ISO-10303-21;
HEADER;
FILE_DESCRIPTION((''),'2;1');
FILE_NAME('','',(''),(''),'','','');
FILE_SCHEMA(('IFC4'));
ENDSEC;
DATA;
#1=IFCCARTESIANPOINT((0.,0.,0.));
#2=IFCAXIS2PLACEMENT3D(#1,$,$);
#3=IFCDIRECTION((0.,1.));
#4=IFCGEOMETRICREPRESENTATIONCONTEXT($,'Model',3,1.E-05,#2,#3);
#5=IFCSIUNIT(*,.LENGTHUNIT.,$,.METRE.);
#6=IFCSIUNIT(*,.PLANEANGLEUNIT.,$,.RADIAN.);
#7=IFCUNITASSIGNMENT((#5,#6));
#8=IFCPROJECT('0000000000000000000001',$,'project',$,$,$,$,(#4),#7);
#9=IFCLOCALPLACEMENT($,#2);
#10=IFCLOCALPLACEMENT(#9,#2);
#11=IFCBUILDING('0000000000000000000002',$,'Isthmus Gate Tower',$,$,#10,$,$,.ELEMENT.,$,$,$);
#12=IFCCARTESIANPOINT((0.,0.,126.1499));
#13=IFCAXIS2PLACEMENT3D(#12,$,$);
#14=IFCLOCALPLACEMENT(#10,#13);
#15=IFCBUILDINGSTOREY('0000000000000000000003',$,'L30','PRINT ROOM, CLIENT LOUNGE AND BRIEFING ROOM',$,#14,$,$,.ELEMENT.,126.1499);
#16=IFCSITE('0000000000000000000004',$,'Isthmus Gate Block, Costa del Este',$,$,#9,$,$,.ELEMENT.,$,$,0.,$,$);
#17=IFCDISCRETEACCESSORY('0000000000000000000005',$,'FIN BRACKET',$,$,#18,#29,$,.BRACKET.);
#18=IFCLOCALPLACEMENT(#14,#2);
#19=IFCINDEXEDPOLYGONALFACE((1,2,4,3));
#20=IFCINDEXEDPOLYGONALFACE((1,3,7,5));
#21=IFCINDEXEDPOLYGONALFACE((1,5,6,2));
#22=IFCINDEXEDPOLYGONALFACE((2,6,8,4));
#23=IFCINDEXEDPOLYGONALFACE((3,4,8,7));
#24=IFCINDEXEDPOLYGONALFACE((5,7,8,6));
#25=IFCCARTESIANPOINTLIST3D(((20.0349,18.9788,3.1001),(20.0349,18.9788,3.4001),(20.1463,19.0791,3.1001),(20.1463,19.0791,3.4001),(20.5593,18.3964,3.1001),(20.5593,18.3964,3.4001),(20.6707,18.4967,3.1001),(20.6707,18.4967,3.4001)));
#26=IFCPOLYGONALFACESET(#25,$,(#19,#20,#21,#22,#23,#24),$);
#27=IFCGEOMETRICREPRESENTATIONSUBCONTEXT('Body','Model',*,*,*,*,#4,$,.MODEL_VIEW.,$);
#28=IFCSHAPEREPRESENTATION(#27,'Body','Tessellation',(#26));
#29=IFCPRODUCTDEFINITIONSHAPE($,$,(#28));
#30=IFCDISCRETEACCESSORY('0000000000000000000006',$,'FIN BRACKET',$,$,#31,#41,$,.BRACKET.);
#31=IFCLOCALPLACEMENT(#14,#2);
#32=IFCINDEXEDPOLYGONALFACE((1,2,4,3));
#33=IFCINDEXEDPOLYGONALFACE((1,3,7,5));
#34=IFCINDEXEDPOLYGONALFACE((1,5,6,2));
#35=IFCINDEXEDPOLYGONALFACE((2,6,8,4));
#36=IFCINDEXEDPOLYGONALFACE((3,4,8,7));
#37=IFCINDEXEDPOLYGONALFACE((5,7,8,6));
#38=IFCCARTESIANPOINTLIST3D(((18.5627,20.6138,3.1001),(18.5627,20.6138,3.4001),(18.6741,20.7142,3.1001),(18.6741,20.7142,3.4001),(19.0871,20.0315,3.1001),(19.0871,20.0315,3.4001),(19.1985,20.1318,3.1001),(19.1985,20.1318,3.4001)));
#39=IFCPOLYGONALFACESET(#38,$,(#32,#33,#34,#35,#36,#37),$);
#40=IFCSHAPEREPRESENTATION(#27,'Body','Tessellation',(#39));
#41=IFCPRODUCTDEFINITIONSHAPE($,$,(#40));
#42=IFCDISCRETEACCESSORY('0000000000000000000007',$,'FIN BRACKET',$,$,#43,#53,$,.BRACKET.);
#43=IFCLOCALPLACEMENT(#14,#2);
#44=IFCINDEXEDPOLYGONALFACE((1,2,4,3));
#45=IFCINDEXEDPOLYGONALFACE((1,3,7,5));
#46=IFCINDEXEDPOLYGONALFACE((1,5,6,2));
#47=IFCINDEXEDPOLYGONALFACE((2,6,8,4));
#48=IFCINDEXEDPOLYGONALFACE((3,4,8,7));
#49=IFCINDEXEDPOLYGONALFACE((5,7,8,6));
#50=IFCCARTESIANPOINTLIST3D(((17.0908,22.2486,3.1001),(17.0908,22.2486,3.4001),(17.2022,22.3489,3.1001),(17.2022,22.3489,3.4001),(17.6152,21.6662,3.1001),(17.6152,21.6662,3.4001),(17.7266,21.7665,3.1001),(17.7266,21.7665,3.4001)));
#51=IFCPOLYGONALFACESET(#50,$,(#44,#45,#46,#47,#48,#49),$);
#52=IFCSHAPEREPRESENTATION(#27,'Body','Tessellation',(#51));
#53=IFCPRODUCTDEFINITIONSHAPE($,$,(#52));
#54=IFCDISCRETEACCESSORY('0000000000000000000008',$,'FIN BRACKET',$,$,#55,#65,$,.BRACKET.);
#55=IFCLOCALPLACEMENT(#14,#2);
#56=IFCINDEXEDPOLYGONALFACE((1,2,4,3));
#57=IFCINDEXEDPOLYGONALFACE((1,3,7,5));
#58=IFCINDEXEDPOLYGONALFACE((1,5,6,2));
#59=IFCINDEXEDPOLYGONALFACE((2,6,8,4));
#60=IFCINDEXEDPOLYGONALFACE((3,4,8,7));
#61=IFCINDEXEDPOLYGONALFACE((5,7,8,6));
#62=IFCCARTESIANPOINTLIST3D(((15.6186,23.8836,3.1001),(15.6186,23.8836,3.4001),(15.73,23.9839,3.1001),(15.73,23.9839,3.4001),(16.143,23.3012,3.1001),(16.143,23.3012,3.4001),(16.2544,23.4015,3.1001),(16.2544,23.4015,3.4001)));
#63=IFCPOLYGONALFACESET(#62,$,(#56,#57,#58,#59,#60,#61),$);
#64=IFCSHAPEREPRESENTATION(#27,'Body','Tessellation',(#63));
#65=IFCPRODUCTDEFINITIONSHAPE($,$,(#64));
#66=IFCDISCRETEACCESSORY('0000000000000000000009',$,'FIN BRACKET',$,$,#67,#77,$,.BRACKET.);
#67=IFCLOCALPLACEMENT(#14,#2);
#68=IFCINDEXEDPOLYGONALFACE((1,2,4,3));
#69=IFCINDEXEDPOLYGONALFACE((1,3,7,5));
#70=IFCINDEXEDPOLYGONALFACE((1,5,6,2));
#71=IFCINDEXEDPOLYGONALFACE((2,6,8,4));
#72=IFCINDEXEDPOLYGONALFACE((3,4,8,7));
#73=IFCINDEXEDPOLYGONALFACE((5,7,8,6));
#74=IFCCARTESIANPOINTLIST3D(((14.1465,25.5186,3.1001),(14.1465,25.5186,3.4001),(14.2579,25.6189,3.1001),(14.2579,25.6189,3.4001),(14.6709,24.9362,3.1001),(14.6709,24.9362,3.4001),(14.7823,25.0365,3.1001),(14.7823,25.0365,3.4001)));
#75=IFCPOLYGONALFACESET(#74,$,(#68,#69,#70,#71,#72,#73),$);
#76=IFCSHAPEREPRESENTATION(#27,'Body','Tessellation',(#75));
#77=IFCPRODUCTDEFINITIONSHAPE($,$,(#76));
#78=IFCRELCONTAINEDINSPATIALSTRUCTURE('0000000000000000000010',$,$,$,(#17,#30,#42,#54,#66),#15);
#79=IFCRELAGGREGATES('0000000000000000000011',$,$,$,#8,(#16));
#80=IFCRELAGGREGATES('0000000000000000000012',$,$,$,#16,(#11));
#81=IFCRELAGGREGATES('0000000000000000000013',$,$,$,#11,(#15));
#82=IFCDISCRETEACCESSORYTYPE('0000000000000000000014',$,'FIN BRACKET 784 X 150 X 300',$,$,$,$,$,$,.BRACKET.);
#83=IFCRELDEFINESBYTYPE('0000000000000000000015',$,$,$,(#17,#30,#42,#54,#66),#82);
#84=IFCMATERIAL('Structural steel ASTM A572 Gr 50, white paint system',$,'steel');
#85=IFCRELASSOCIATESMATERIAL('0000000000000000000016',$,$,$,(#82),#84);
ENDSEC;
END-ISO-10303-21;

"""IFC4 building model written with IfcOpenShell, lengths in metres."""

from ifc_helpers import new_model, si_unit, direction, frame, origin, origin_2d, place, context, subcontext, project, spatial, rectangle, extrude, material, type_object, element, save


model = new_model("IFC4")

# Units and contexts
model_context = context("Model", 3, precision=1e-05, world=origin(), true_north=direction((0.0, 1.0)))
body_context = subcontext(model_context, "Body", "Model", "MODEL_VIEW")
ifc_project = project(units=[si_unit("LENGTHUNIT", "METRE"), si_unit("PLANEANGLEUNIT", "RADIAN")], contexts=[model_context])

# Site, building, storey
site_placement = place(None, origin())
site = spatial("IfcSite", under=ifc_project, at=site_placement, Name="Isthmus Gate Block, Costa del Este", CompositionType="ELEMENT", RefElevation=0.0)
building_placement = place(site_placement, origin())
building = spatial("IfcBuilding", under=site, at=building_placement, Name="Isthmus Gate Tower", CompositionType="ELEMENT")
storey_placement = place(building_placement, frame((0.0, 0.0, 126.1499)))
storey = spatial("IfcBuildingStorey", under=building, at=storey_placement, Name="L30", Description="PRINT ROOM, CLIENT LOUNGE AND BRIEFING ROOM", CompositionType="ELEMENT", Elevation=126.1499)

# Discrete accessories
ifc_material_1 = material(Name="Structural steel ASTM A572 Gr 50, white paint system", Category="steel")
discrete_accessory_type = type_object("IfcDiscreteAccessoryType", Name="FIN BRACKET 784 X 150 X 300", PredefinedType="BRACKET", material=ifc_material_1)
for number, where, z_axis, x_axis, name in (
    (1, (20.3528, 18.7378, 3.1001), (0.0, 0.0, 1.0), (0.743145, 0.669131, 0.0), "FIN BRACKET"),
    (2, (18.8806, 20.3728, 3.1001), (0.0, 0.0, 1.0), (0.743145, 0.669131, 0.0), "FIN BRACKET"),
    (3, (17.4087, 22.0076, 3.1001), (0.0, 0.0, 1.0), (0.743145, 0.669131, 0.0), "FIN BRACKET"),
    (4, (15.9365, 23.6426, 3.1001), (0.0, 0.0, 1.0), (0.743145, 0.669131, 0.0), "FIN BRACKET"),
    (5, (14.4644, 25.2776, 3.1001), (0.0, 0.0, 1.0), (0.743145, 0.669131, 0.0), "FIN BRACKET"),
):
    element("IfcDiscreteAccessory", number, at=place(storey_placement, frame(where, z_axis=z_axis, x_axis=x_axis)), inside=storey, type_object=discrete_accessory_type, Name=name, PredefinedType="BRACKET", context=body_context, shape_type="SweptSolid", body=[
        extrude(rectangle(XDim=0.1499, YDim=0.7837, at=origin_2d()), origin(), (0.0, 0.0, 1.0), 0.3),
    ])

save(model, "model.ifc")
